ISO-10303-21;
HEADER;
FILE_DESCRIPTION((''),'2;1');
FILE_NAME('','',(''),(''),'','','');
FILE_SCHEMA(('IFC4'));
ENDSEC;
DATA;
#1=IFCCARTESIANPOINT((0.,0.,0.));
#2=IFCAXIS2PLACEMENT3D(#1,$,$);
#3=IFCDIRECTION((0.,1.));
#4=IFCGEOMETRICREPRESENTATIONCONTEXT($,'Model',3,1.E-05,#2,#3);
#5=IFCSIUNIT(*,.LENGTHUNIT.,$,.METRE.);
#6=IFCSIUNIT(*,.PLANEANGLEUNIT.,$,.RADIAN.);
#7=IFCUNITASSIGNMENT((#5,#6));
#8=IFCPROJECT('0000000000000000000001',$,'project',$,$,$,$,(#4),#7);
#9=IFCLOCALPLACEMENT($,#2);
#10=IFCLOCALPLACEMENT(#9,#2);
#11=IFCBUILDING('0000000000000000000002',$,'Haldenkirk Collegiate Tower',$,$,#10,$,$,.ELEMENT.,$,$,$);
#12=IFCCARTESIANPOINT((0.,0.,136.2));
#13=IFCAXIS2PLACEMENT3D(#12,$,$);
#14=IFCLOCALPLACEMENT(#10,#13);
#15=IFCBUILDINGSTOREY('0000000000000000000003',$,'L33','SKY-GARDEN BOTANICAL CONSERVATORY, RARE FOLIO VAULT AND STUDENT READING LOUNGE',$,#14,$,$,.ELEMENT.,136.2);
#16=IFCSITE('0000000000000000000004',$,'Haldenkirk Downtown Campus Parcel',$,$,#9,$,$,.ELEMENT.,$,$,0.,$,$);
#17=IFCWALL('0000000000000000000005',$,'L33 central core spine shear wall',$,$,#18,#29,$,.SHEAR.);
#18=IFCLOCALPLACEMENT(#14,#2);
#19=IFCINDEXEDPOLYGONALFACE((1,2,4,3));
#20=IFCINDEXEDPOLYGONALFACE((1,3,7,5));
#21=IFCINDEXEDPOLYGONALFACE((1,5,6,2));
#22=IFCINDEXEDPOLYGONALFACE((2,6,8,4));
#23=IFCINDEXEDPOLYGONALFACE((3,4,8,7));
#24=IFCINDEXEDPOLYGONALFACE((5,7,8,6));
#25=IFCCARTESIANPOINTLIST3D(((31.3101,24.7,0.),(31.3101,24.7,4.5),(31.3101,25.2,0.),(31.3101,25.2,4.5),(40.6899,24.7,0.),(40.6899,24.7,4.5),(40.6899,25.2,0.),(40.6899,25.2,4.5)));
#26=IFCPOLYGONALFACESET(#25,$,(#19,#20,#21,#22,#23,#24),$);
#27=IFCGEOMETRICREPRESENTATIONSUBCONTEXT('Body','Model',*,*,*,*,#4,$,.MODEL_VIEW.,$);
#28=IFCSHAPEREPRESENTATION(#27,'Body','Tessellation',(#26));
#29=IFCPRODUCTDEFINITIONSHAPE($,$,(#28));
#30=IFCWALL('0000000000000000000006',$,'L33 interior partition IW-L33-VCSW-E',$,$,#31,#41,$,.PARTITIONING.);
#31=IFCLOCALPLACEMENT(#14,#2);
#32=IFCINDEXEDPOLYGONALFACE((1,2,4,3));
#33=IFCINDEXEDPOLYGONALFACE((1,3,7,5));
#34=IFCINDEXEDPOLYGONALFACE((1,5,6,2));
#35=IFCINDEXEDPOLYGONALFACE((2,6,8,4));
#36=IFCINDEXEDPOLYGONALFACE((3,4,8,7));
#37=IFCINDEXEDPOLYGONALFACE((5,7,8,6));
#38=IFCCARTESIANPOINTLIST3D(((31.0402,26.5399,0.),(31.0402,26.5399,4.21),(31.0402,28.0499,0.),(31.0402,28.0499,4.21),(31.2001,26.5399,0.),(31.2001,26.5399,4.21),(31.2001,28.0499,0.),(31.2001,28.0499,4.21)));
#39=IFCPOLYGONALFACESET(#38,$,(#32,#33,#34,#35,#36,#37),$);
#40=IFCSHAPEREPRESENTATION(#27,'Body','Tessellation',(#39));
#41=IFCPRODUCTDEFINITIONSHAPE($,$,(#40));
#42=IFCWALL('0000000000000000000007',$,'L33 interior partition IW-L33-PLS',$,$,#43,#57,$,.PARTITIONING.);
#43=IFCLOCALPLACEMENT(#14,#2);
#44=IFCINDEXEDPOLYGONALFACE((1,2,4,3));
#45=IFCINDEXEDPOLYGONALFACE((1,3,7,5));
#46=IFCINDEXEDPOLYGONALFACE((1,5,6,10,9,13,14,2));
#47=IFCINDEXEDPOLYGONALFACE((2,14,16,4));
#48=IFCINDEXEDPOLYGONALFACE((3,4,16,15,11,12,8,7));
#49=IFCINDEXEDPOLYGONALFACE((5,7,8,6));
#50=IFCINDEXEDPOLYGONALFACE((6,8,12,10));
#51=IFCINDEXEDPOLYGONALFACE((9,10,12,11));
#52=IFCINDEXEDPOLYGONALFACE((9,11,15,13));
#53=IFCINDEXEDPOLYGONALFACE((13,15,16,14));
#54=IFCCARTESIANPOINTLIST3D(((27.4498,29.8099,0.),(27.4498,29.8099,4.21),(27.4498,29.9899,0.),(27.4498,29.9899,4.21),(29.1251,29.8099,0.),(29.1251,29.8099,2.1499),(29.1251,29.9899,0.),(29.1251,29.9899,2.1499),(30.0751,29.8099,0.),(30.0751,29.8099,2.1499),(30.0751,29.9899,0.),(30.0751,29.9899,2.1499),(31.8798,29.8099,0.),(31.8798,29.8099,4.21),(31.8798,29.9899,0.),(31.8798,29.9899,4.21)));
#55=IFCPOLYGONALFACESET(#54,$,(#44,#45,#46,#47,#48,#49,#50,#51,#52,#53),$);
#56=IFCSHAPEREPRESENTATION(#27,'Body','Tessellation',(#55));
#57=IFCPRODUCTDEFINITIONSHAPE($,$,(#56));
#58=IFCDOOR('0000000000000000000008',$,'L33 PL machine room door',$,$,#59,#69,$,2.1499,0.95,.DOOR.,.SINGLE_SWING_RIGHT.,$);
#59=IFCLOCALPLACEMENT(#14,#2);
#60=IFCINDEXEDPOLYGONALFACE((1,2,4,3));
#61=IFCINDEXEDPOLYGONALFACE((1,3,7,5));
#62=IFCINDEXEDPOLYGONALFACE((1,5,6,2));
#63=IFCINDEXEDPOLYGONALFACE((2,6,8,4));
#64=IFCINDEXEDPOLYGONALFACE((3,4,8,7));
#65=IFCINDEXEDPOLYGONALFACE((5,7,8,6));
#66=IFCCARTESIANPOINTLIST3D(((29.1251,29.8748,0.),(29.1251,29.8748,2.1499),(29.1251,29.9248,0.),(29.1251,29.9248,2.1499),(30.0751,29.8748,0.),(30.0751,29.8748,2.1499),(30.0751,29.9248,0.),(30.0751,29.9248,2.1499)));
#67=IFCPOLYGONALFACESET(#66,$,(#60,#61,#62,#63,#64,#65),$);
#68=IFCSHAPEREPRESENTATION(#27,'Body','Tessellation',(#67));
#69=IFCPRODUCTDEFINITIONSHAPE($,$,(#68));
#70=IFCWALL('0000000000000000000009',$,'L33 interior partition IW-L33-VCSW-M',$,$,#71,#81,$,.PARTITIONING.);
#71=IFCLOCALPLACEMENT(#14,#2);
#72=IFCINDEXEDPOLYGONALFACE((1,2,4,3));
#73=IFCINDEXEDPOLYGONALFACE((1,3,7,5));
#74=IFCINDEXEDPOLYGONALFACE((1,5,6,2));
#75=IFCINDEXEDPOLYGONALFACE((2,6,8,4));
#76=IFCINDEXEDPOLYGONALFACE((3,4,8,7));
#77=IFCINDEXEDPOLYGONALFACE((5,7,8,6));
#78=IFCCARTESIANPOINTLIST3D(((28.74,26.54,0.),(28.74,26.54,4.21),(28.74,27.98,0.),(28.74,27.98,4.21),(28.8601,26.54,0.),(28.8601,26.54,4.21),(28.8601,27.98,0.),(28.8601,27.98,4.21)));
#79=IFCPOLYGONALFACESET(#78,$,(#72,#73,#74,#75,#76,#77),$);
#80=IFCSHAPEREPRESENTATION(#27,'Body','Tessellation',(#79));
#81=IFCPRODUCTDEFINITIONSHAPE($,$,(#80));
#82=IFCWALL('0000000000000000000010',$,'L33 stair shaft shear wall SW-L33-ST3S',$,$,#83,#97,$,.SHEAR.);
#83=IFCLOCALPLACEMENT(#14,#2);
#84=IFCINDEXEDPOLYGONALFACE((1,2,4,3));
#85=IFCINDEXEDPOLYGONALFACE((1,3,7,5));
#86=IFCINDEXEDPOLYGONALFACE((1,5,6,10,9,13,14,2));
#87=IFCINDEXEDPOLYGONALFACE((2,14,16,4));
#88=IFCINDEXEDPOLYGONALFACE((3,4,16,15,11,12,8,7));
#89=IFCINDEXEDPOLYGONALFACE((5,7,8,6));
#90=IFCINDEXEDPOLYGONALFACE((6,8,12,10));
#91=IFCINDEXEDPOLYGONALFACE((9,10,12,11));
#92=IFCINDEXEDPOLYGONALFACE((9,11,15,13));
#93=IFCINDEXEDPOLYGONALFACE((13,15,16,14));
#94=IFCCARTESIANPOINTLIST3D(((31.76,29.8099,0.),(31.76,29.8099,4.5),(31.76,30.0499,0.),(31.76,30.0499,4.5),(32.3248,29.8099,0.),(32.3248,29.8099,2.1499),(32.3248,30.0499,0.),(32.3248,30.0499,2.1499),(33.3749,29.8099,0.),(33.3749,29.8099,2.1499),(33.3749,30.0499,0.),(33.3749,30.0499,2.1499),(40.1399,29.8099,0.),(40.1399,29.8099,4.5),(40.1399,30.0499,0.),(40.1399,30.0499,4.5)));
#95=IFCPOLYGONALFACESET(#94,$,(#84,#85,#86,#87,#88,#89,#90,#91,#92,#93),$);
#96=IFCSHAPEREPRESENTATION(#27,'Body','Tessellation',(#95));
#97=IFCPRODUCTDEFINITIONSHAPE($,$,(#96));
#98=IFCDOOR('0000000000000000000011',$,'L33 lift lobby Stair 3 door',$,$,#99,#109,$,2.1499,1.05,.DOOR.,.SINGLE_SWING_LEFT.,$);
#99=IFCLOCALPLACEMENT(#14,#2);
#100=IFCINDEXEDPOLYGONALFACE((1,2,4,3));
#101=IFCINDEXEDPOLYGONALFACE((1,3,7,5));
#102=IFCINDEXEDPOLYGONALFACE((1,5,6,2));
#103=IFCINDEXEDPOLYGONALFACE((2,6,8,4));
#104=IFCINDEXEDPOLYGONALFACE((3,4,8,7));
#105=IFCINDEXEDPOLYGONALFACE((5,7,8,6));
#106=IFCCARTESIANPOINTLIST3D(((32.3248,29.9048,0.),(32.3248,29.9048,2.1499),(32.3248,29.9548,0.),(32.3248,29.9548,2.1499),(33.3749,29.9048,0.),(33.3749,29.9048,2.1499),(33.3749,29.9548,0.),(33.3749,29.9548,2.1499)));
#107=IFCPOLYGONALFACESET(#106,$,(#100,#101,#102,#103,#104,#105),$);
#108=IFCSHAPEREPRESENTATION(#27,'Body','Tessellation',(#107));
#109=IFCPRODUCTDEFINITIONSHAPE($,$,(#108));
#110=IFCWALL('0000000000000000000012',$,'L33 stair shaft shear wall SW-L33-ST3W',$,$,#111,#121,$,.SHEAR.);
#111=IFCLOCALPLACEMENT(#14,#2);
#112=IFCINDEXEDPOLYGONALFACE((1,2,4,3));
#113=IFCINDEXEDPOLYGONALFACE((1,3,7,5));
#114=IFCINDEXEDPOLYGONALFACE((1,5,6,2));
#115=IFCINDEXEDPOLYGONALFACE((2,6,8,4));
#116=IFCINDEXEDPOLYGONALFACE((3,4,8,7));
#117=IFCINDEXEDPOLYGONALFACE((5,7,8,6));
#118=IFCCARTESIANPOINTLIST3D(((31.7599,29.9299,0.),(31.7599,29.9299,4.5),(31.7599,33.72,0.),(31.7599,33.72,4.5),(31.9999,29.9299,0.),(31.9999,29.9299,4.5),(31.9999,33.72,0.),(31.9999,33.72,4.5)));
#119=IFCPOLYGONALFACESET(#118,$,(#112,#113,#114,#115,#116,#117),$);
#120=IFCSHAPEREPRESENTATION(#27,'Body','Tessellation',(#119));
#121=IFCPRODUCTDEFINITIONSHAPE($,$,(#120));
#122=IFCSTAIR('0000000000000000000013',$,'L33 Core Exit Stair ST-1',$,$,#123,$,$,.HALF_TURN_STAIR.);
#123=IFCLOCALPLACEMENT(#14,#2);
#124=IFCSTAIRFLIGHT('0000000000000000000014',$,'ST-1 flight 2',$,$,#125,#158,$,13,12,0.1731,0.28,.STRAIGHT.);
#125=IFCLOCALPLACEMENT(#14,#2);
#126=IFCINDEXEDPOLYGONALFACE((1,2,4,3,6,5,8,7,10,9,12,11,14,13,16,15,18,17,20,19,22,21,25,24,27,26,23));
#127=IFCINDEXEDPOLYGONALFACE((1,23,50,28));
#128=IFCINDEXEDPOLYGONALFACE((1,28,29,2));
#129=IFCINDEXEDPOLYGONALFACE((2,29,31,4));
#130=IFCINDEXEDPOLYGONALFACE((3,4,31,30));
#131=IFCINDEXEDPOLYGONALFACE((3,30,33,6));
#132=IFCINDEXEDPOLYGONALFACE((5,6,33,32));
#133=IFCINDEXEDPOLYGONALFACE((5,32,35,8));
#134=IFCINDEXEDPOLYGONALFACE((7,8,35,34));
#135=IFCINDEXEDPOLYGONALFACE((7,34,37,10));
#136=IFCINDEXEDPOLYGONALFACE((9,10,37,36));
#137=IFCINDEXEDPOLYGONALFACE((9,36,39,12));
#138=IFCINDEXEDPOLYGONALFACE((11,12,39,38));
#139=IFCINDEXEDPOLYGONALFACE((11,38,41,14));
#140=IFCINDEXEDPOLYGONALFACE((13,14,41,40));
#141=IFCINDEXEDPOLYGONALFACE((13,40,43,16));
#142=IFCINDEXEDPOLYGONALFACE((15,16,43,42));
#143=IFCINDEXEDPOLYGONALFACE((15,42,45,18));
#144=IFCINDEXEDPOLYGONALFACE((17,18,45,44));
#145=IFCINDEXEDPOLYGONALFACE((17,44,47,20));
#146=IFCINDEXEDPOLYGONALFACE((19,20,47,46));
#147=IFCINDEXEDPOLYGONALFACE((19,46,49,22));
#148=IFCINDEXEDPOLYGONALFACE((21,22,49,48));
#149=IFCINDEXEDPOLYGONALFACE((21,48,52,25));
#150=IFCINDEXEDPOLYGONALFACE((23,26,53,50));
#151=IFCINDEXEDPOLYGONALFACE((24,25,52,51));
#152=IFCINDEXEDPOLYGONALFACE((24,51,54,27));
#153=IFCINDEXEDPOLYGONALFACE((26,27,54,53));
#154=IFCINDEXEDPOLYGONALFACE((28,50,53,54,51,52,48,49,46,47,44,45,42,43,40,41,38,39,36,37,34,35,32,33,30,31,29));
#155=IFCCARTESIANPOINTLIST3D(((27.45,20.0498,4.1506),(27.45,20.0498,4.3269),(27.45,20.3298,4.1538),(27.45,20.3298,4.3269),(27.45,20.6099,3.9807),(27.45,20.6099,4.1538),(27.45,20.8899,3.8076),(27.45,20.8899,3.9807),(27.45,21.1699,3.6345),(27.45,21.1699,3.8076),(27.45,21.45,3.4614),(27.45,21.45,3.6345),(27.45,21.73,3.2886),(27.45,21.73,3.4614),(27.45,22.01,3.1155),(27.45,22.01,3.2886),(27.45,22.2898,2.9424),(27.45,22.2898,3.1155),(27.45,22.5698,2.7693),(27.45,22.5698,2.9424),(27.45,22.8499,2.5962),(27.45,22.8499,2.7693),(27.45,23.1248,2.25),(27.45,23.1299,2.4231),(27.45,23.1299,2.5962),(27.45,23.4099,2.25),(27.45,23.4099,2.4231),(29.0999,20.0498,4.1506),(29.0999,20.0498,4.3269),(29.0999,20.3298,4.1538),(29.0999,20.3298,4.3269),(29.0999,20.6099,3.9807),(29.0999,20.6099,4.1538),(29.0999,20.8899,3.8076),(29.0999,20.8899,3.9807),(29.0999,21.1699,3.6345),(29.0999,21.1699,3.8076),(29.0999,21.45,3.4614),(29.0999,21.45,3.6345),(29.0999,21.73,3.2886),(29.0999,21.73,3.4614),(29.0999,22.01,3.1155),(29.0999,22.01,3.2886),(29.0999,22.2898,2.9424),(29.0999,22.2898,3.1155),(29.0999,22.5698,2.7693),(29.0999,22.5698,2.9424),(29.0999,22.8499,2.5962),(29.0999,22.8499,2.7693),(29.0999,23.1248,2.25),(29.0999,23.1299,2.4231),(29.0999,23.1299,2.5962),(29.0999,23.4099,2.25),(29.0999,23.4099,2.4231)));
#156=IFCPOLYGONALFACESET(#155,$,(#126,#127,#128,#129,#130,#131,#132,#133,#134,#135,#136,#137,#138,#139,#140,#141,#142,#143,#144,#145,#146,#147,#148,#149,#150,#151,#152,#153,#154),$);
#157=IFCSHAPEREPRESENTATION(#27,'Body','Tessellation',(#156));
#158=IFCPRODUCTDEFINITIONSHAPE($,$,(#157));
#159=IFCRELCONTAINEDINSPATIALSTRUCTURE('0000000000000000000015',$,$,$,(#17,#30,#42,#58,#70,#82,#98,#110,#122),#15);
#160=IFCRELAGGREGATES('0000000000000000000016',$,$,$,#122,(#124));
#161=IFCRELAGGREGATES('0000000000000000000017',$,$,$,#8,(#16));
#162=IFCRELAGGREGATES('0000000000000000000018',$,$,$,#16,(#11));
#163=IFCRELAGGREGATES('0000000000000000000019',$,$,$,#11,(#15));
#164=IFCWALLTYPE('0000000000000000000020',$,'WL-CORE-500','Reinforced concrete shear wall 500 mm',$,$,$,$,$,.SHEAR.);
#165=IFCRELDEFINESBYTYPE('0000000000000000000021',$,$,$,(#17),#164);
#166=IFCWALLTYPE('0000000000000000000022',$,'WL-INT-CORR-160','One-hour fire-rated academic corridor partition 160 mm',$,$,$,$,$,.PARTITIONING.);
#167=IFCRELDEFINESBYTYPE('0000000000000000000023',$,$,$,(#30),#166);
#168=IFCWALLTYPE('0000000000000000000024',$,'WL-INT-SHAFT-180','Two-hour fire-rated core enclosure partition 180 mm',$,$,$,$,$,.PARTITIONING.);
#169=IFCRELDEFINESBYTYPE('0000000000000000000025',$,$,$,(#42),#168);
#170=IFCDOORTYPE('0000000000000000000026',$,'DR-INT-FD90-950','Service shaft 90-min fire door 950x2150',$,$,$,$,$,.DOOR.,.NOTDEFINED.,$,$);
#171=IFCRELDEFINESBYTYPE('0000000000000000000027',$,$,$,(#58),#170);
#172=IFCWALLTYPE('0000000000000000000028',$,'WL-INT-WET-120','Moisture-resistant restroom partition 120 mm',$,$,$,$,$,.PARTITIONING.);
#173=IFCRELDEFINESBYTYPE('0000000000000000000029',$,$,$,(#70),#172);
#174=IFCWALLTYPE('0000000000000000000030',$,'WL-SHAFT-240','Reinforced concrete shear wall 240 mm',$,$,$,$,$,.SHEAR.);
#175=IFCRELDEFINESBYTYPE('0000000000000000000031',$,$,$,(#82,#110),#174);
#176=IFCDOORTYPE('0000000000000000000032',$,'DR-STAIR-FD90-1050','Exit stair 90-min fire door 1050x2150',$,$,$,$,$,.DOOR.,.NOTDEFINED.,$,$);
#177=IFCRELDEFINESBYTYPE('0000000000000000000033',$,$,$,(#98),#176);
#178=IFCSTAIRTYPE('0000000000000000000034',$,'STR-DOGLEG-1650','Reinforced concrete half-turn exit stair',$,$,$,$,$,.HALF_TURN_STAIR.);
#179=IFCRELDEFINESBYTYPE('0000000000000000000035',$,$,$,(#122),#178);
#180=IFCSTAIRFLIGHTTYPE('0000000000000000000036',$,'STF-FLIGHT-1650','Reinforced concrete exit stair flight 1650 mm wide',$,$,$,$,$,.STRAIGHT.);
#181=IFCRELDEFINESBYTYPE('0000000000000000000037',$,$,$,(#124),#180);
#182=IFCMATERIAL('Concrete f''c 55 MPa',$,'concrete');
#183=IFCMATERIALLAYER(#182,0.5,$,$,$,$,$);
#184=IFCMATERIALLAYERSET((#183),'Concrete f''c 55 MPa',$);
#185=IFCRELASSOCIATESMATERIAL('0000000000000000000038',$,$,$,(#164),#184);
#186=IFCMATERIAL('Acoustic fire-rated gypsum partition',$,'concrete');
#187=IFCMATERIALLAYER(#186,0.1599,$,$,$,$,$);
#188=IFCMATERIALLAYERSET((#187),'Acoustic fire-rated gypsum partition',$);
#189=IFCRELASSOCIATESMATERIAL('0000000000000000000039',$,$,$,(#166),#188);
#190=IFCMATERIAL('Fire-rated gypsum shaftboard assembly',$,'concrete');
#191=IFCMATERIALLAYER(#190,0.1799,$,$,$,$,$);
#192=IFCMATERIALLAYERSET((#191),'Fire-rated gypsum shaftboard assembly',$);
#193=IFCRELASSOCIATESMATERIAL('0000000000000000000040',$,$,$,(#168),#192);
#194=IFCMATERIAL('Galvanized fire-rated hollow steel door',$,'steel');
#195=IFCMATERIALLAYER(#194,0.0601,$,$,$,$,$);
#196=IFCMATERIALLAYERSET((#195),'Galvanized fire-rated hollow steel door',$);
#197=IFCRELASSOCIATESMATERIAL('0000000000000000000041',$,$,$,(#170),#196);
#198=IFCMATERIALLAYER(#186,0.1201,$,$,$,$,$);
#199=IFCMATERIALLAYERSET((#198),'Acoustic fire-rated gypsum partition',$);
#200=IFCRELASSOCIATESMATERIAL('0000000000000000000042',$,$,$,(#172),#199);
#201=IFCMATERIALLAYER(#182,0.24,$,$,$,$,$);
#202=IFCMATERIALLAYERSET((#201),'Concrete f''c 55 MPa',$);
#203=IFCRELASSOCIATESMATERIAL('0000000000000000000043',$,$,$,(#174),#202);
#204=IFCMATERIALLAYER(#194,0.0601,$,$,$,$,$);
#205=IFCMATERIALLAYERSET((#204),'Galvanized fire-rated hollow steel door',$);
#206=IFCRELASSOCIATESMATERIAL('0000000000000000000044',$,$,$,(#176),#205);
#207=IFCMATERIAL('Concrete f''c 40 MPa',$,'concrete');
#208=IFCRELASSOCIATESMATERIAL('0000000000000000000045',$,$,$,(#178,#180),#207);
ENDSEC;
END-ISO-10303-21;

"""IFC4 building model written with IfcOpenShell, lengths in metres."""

from ifc_helpers import new_model, si_unit, direction, frame, frame_2d, origin, place, context, subcontext, project, spatial, polyline, rectangle, outline, extrude, material, layer, layer_set, type_object, element, fill, aggregate, save


model = new_model("IFC4")

# Units and contexts
model_context = context("Model", 3, precision=1e-05, world=origin(), true_north=direction((0.0, 1.0)))
body_context = subcontext(model_context, "Body", "Model", "MODEL_VIEW")
ifc_project = project(units=[si_unit("LENGTHUNIT", "METRE"), si_unit("PLANEANGLEUNIT", "RADIAN")], contexts=[model_context])

# Site, building, storey
site_placement = place(None, origin())
site = spatial("IfcSite", under=ifc_project, at=site_placement, Name="Haldenkirk Downtown Campus Parcel", CompositionType="ELEMENT", RefElevation=0.0)
building_placement = place(site_placement, origin())
building = spatial("IfcBuilding", under=site, at=building_placement, Name="Haldenkirk Collegiate Tower", CompositionType="ELEMENT")
storey_placement = place(building_placement, frame((0.0, 0.0, 136.2)))
storey = spatial("IfcBuildingStorey", under=building, at=storey_placement, Name="L33", Description="SKY-GARDEN BOTANICAL CONSERVATORY, RARE FOLIO VAULT AND STUDENT READING LOUNGE", CompositionType="ELEMENT", Elevation=136.2)

# Walls
ifc_material_1 = material(Name="Concrete f'c 55 MPa", Category="concrete")
ifc_layer_1 = layer(ifc_material_1, 0.5)
ifc_layer_set_1 = layer_set([ifc_layer_1], Name="Concrete f'c 55 MPa")
wall_type_1 = type_object("IfcWallType", Name="WL-CORE-500", Description="Reinforced concrete shear wall 500 mm", PredefinedType="SHEAR", material=ifc_layer_set_1)
wall_1_placement = place(storey_placement, frame((31.3101, 24.95, 0.0), z_axis=(0.0, 0.0, 1.0), x_axis=(1.0, 0.0, 0.0)))
element("IfcWall", 1, at=wall_1_placement, inside=storey, type_object=wall_type_1, Name="L33 central core spine shear wall", PredefinedType="SHEAR", context=body_context, shape_type="SweptSolid", body=[
    extrude(rectangle(XDim=9.3799, YDim=0.5, at=frame_2d((4.6899, 0.0))), origin(), (0.0, 0.0, 1.0), 4.5),
])
ifc_material_2 = material(Name="Acoustic fire-rated gypsum partition", Category="concrete")
ifc_layer_2 = layer(ifc_material_2, 0.1599)
ifc_layer_set_2 = layer_set([ifc_layer_2], Name="Acoustic fire-rated gypsum partition")
wall_type_2 = type_object("IfcWallType", Name="WL-INT-CORR-160", Description="One-hour fire-rated academic corridor partition 160 mm", PredefinedType="PARTITIONING", material=ifc_layer_set_2)
wall_2_placement = place(storey_placement, frame((31.1201, 26.54, 0.0), z_axis=(0.0, 0.0, 1.0), x_axis=(0.0, 1.0, 0.0)))
element("IfcWall", 2, at=wall_2_placement, inside=storey, type_object=wall_type_2, Name="L33 interior partition IW-L33-VCSW-E", PredefinedType="PARTITIONING", context=body_context, shape_type="SweptSolid", body=[
    extrude(rectangle(XDim=1.51, YDim=0.1599, at=frame_2d((0.7549, 0.0))), origin(), (0.0, 0.0, 1.0), 4.21),
])

# Wall, opening, door
ifc_material_3 = material(Name="Fire-rated gypsum shaftboard assembly", Category="concrete")
ifc_layer_3 = layer(ifc_material_3, 0.1799)
ifc_layer_set_3 = layer_set([ifc_layer_3], Name="Fire-rated gypsum shaftboard assembly")
wall_type_3 = type_object("IfcWallType", Name="WL-INT-SHAFT-180", Description="Two-hour fire-rated core enclosure partition 180 mm", PredefinedType="PARTITIONING", material=ifc_layer_set_3)
wall_3_placement = place(storey_placement, frame((27.45, 29.8999, 0.0), z_axis=(0.0, 0.0, 1.0), x_axis=(1.0, 0.0, 0.0)))
wall_3 = element("IfcWall", 3, at=wall_3_placement, inside=storey, type_object=wall_type_3, Name="L33 interior partition IW-L33-PLS", PredefinedType="PARTITIONING", context=body_context, shape_type="SweptSolid", body=[
    extrude(rectangle(XDim=4.4299, YDim=0.1799, at=frame_2d((2.2148, 0.0))), origin(), (0.0, 0.0, 1.0), 4.21),
])
opening_1_placement = place(wall_3_placement, frame((1.675, 0.0, 0.0)))
opening_1 = element("IfcOpeningElement", 4, at=opening_1_placement, cuts=wall_3, PredefinedType="OPENING", context=body_context, shape_type="SweptSolid", body=[
    extrude(rectangle(XDim=0.95, YDim=2.1499, at=frame_2d((0.4751, 1.075))), frame((0.0, 0.0999, 0.0), z_axis=(0.0, -1.0, 0.0), x_axis=(1.0, 0.0, 0.0)), (0.0, 0.0, 1.0), 0.2),
])
ifc_material_4 = material(Name="Galvanized fire-rated hollow steel door", Category="steel")
ifc_layer_4 = layer(ifc_material_4, 0.0601)
ifc_layer_set_4 = layer_set([ifc_layer_4], Name="Galvanized fire-rated hollow steel door")
door_type_1 = type_object("IfcDoorType", Name="DR-INT-FD90-950", Description="Service shaft 90-min fire door 950x2150", OperationType="NOTDEFINED", PredefinedType="DOOR", material=ifc_layer_set_4)
door_1_placement = place(opening_1_placement, origin())
door_1 = element("IfcDoor", 5, at=door_1_placement, inside=storey, type_object=door_type_1, Name="L33 PL machine room door", OperationType="SINGLE_SWING_RIGHT", OverallHeight=2.1499, OverallWidth=0.95, PredefinedType="DOOR", context=body_context, shape_type="SweptSolid", body=[
    extrude(rectangle(XDim=0.95, YDim=2.1499, at=frame_2d((0.4751, 1.075))), frame((0.0, 0.0249, 0.0), z_axis=(0.0, -1.0, 0.0), x_axis=(1.0, 0.0, 0.0)), (0.0, 0.0, 1.0), 0.05),
])
fill(opening_1, door_1)

# Wall
ifc_layer_5 = layer(ifc_material_2, 0.1201)
ifc_layer_set_5 = layer_set([ifc_layer_5], Name="Acoustic fire-rated gypsum partition")
wall_type_4 = type_object("IfcWallType", Name="WL-INT-WET-120", Description="Moisture-resistant restroom partition 120 mm", PredefinedType="PARTITIONING", material=ifc_layer_set_5)
wall_4_placement = place(storey_placement, frame((28.8, 26.54, 0.0), z_axis=(0.0, 0.0, 1.0), x_axis=(0.0, 1.0, 0.0)))
element("IfcWall", 6, at=wall_4_placement, inside=storey, type_object=wall_type_4, Name="L33 interior partition IW-L33-VCSW-M", PredefinedType="PARTITIONING", context=body_context, shape_type="SweptSolid", body=[
    extrude(rectangle(XDim=1.4399, YDim=0.1201, at=frame_2d((0.72, 0.0))), origin(), (0.0, 0.0, 1.0), 4.21),
])

# Wall, opening, door
ifc_layer_6 = layer(ifc_material_1, 0.24)
ifc_layer_set_6 = layer_set([ifc_layer_6], Name="Concrete f'c 55 MPa")
wall_type_5 = type_object("IfcWallType", Name="WL-SHAFT-240", Description="Reinforced concrete shear wall 240 mm", PredefinedType="SHEAR", material=ifc_layer_set_6)
wall_5_placement = place(storey_placement, frame((31.76, 29.9299, 0.0), z_axis=(0.0, 0.0, 1.0), x_axis=(1.0, 0.0, 0.0)))
wall_5 = element("IfcWall", 7, at=wall_5_placement, inside=storey, type_object=wall_type_5, Name="L33 stair shaft shear wall SW-L33-ST3S", PredefinedType="SHEAR", context=body_context, shape_type="SweptSolid", body=[
    extrude(rectangle(XDim=8.3799, YDim=0.24, at=frame_2d((4.1899, 0.0))), origin(), (0.0, 0.0, 1.0), 4.5),
])
opening_2_placement = place(wall_5_placement, frame((0.5649, 0.0, 0.0)))
opening_2 = element("IfcOpeningElement", 8, at=opening_2_placement, cuts=wall_5, PredefinedType="OPENING", context=body_context, shape_type="SweptSolid", body=[
    extrude(rectangle(XDim=1.05, YDim=2.1499, at=frame_2d((0.5249, 1.075))), frame((0.0, 0.1299, 0.0), z_axis=(0.0, -1.0, 0.0), x_axis=(1.0, 0.0, 0.0)), (0.0, 0.0, 1.0), 0.26),
])
ifc_layer_7 = layer(ifc_material_4, 0.0601)
ifc_layer_set_7 = layer_set([ifc_layer_7], Name="Galvanized fire-rated hollow steel door")
door_type_2 = type_object("IfcDoorType", Name="DR-STAIR-FD90-1050", Description="Exit stair 90-min fire door 1050x2150", OperationType="NOTDEFINED", PredefinedType="DOOR", material=ifc_layer_set_7)
door_2_placement = place(opening_2_placement, origin())
door_2 = element("IfcDoor", 9, at=door_2_placement, inside=storey, type_object=door_type_2, Name="L33 lift lobby Stair 3 door", OperationType="SINGLE_SWING_LEFT", OverallHeight=2.1499, OverallWidth=1.05, PredefinedType="DOOR", context=body_context, shape_type="SweptSolid", body=[
    extrude(rectangle(XDim=1.05, YDim=2.1499, at=frame_2d((0.5249, 1.075))), frame((0.0, 0.0249, 0.0), z_axis=(0.0, -1.0, 0.0), x_axis=(1.0, 0.0, 0.0)), (0.0, 0.0, 1.0), 0.05),
])
fill(opening_2, door_2)

# Wall
wall_6_placement = place(storey_placement, frame((31.8799, 29.9299, 0.0), z_axis=(0.0, 0.0, 1.0), x_axis=(0.0, 1.0, 0.0)))
element("IfcWall", 10, at=wall_6_placement, inside=storey, type_object=wall_type_5, Name="L33 stair shaft shear wall SW-L33-ST3W", PredefinedType="SHEAR", context=body_context, shape_type="SweptSolid", body=[
    extrude(rectangle(XDim=3.79, YDim=0.24, at=frame_2d((1.895, 0.0))), origin(), (0.0, 0.0, 1.0), 4.5),
])

# Stair, stair flight
ifc_material_5 = material(Name="Concrete f'c 40 MPa", Category="concrete")
stair_type = type_object("IfcStairType", Name="STR-DOGLEG-1650", Description="Reinforced concrete half-turn exit stair", PredefinedType="HALF_TURN_STAIR", material=ifc_material_5)
stair_placement = place(storey_placement, origin())
stair = element("IfcStair", 11, at=stair_placement, inside=storey, type_object=stair_type, Name="L33 Core Exit Stair ST-1", PredefinedType="HALF_TURN_STAIR")
stair_flight_type = type_object("IfcStairFlightType", Name="STF-FLIGHT-1650", Description="Reinforced concrete exit stair flight 1650 mm wide", PredefinedType="STRAIGHT", material=ifc_material_5)
stair_flight_placement = place(storey_placement, frame((28.2749, 23.4099, 2.25), z_axis=(0.0, 0.0, 1.0), x_axis=(0.0, -1.0, 0.0)))
stair_flight = element("IfcStairFlight", 12, at=stair_flight_placement, type_object=stair_flight_type, Name="ST-1 flight 2", NumberOfRisers=13, NumberOfTreads=12, PredefinedType="STRAIGHT", RiserHeight=0.1731, TreadLength=0.28, context=body_context, shape_type="SweptSolid", body=[
    extrude(outline(polyline([(0.0, 0.0), (0.0, 0.1731), (0.28, 0.1731), (0.28, 0.3462), (0.5601, 0.3462), (0.5601, 0.5193), (0.8401, 0.5193), (0.8401, 0.6924), (1.1201, 0.6924), (1.1201, 0.8655), (1.3999, 0.8655), (1.3999, 1.0386), (1.6799, 1.0386), (1.6799, 1.2114), (1.96, 1.2114), (1.96, 1.3845), (2.24, 1.3845), (2.24, 1.5576), (2.52, 1.5576), (2.52, 1.7307), (2.8, 1.7307), (2.8, 1.9038), (3.0801, 1.9038), (3.0801, 2.0769), (3.3601, 2.0769), (3.3601, 2.25), (3.3601, 1.9006), (0.2852, 0.0), (0.0, 0.0)])), frame((0.0, 0.825, 0.0), z_axis=(0.0, -1.0, 0.0), x_axis=(1.0, 0.0, 0.0)), (0.0, 0.0, 1.0), 1.6499),
])
aggregate(stair, [stair_flight])

save(model, "model.ifc")
